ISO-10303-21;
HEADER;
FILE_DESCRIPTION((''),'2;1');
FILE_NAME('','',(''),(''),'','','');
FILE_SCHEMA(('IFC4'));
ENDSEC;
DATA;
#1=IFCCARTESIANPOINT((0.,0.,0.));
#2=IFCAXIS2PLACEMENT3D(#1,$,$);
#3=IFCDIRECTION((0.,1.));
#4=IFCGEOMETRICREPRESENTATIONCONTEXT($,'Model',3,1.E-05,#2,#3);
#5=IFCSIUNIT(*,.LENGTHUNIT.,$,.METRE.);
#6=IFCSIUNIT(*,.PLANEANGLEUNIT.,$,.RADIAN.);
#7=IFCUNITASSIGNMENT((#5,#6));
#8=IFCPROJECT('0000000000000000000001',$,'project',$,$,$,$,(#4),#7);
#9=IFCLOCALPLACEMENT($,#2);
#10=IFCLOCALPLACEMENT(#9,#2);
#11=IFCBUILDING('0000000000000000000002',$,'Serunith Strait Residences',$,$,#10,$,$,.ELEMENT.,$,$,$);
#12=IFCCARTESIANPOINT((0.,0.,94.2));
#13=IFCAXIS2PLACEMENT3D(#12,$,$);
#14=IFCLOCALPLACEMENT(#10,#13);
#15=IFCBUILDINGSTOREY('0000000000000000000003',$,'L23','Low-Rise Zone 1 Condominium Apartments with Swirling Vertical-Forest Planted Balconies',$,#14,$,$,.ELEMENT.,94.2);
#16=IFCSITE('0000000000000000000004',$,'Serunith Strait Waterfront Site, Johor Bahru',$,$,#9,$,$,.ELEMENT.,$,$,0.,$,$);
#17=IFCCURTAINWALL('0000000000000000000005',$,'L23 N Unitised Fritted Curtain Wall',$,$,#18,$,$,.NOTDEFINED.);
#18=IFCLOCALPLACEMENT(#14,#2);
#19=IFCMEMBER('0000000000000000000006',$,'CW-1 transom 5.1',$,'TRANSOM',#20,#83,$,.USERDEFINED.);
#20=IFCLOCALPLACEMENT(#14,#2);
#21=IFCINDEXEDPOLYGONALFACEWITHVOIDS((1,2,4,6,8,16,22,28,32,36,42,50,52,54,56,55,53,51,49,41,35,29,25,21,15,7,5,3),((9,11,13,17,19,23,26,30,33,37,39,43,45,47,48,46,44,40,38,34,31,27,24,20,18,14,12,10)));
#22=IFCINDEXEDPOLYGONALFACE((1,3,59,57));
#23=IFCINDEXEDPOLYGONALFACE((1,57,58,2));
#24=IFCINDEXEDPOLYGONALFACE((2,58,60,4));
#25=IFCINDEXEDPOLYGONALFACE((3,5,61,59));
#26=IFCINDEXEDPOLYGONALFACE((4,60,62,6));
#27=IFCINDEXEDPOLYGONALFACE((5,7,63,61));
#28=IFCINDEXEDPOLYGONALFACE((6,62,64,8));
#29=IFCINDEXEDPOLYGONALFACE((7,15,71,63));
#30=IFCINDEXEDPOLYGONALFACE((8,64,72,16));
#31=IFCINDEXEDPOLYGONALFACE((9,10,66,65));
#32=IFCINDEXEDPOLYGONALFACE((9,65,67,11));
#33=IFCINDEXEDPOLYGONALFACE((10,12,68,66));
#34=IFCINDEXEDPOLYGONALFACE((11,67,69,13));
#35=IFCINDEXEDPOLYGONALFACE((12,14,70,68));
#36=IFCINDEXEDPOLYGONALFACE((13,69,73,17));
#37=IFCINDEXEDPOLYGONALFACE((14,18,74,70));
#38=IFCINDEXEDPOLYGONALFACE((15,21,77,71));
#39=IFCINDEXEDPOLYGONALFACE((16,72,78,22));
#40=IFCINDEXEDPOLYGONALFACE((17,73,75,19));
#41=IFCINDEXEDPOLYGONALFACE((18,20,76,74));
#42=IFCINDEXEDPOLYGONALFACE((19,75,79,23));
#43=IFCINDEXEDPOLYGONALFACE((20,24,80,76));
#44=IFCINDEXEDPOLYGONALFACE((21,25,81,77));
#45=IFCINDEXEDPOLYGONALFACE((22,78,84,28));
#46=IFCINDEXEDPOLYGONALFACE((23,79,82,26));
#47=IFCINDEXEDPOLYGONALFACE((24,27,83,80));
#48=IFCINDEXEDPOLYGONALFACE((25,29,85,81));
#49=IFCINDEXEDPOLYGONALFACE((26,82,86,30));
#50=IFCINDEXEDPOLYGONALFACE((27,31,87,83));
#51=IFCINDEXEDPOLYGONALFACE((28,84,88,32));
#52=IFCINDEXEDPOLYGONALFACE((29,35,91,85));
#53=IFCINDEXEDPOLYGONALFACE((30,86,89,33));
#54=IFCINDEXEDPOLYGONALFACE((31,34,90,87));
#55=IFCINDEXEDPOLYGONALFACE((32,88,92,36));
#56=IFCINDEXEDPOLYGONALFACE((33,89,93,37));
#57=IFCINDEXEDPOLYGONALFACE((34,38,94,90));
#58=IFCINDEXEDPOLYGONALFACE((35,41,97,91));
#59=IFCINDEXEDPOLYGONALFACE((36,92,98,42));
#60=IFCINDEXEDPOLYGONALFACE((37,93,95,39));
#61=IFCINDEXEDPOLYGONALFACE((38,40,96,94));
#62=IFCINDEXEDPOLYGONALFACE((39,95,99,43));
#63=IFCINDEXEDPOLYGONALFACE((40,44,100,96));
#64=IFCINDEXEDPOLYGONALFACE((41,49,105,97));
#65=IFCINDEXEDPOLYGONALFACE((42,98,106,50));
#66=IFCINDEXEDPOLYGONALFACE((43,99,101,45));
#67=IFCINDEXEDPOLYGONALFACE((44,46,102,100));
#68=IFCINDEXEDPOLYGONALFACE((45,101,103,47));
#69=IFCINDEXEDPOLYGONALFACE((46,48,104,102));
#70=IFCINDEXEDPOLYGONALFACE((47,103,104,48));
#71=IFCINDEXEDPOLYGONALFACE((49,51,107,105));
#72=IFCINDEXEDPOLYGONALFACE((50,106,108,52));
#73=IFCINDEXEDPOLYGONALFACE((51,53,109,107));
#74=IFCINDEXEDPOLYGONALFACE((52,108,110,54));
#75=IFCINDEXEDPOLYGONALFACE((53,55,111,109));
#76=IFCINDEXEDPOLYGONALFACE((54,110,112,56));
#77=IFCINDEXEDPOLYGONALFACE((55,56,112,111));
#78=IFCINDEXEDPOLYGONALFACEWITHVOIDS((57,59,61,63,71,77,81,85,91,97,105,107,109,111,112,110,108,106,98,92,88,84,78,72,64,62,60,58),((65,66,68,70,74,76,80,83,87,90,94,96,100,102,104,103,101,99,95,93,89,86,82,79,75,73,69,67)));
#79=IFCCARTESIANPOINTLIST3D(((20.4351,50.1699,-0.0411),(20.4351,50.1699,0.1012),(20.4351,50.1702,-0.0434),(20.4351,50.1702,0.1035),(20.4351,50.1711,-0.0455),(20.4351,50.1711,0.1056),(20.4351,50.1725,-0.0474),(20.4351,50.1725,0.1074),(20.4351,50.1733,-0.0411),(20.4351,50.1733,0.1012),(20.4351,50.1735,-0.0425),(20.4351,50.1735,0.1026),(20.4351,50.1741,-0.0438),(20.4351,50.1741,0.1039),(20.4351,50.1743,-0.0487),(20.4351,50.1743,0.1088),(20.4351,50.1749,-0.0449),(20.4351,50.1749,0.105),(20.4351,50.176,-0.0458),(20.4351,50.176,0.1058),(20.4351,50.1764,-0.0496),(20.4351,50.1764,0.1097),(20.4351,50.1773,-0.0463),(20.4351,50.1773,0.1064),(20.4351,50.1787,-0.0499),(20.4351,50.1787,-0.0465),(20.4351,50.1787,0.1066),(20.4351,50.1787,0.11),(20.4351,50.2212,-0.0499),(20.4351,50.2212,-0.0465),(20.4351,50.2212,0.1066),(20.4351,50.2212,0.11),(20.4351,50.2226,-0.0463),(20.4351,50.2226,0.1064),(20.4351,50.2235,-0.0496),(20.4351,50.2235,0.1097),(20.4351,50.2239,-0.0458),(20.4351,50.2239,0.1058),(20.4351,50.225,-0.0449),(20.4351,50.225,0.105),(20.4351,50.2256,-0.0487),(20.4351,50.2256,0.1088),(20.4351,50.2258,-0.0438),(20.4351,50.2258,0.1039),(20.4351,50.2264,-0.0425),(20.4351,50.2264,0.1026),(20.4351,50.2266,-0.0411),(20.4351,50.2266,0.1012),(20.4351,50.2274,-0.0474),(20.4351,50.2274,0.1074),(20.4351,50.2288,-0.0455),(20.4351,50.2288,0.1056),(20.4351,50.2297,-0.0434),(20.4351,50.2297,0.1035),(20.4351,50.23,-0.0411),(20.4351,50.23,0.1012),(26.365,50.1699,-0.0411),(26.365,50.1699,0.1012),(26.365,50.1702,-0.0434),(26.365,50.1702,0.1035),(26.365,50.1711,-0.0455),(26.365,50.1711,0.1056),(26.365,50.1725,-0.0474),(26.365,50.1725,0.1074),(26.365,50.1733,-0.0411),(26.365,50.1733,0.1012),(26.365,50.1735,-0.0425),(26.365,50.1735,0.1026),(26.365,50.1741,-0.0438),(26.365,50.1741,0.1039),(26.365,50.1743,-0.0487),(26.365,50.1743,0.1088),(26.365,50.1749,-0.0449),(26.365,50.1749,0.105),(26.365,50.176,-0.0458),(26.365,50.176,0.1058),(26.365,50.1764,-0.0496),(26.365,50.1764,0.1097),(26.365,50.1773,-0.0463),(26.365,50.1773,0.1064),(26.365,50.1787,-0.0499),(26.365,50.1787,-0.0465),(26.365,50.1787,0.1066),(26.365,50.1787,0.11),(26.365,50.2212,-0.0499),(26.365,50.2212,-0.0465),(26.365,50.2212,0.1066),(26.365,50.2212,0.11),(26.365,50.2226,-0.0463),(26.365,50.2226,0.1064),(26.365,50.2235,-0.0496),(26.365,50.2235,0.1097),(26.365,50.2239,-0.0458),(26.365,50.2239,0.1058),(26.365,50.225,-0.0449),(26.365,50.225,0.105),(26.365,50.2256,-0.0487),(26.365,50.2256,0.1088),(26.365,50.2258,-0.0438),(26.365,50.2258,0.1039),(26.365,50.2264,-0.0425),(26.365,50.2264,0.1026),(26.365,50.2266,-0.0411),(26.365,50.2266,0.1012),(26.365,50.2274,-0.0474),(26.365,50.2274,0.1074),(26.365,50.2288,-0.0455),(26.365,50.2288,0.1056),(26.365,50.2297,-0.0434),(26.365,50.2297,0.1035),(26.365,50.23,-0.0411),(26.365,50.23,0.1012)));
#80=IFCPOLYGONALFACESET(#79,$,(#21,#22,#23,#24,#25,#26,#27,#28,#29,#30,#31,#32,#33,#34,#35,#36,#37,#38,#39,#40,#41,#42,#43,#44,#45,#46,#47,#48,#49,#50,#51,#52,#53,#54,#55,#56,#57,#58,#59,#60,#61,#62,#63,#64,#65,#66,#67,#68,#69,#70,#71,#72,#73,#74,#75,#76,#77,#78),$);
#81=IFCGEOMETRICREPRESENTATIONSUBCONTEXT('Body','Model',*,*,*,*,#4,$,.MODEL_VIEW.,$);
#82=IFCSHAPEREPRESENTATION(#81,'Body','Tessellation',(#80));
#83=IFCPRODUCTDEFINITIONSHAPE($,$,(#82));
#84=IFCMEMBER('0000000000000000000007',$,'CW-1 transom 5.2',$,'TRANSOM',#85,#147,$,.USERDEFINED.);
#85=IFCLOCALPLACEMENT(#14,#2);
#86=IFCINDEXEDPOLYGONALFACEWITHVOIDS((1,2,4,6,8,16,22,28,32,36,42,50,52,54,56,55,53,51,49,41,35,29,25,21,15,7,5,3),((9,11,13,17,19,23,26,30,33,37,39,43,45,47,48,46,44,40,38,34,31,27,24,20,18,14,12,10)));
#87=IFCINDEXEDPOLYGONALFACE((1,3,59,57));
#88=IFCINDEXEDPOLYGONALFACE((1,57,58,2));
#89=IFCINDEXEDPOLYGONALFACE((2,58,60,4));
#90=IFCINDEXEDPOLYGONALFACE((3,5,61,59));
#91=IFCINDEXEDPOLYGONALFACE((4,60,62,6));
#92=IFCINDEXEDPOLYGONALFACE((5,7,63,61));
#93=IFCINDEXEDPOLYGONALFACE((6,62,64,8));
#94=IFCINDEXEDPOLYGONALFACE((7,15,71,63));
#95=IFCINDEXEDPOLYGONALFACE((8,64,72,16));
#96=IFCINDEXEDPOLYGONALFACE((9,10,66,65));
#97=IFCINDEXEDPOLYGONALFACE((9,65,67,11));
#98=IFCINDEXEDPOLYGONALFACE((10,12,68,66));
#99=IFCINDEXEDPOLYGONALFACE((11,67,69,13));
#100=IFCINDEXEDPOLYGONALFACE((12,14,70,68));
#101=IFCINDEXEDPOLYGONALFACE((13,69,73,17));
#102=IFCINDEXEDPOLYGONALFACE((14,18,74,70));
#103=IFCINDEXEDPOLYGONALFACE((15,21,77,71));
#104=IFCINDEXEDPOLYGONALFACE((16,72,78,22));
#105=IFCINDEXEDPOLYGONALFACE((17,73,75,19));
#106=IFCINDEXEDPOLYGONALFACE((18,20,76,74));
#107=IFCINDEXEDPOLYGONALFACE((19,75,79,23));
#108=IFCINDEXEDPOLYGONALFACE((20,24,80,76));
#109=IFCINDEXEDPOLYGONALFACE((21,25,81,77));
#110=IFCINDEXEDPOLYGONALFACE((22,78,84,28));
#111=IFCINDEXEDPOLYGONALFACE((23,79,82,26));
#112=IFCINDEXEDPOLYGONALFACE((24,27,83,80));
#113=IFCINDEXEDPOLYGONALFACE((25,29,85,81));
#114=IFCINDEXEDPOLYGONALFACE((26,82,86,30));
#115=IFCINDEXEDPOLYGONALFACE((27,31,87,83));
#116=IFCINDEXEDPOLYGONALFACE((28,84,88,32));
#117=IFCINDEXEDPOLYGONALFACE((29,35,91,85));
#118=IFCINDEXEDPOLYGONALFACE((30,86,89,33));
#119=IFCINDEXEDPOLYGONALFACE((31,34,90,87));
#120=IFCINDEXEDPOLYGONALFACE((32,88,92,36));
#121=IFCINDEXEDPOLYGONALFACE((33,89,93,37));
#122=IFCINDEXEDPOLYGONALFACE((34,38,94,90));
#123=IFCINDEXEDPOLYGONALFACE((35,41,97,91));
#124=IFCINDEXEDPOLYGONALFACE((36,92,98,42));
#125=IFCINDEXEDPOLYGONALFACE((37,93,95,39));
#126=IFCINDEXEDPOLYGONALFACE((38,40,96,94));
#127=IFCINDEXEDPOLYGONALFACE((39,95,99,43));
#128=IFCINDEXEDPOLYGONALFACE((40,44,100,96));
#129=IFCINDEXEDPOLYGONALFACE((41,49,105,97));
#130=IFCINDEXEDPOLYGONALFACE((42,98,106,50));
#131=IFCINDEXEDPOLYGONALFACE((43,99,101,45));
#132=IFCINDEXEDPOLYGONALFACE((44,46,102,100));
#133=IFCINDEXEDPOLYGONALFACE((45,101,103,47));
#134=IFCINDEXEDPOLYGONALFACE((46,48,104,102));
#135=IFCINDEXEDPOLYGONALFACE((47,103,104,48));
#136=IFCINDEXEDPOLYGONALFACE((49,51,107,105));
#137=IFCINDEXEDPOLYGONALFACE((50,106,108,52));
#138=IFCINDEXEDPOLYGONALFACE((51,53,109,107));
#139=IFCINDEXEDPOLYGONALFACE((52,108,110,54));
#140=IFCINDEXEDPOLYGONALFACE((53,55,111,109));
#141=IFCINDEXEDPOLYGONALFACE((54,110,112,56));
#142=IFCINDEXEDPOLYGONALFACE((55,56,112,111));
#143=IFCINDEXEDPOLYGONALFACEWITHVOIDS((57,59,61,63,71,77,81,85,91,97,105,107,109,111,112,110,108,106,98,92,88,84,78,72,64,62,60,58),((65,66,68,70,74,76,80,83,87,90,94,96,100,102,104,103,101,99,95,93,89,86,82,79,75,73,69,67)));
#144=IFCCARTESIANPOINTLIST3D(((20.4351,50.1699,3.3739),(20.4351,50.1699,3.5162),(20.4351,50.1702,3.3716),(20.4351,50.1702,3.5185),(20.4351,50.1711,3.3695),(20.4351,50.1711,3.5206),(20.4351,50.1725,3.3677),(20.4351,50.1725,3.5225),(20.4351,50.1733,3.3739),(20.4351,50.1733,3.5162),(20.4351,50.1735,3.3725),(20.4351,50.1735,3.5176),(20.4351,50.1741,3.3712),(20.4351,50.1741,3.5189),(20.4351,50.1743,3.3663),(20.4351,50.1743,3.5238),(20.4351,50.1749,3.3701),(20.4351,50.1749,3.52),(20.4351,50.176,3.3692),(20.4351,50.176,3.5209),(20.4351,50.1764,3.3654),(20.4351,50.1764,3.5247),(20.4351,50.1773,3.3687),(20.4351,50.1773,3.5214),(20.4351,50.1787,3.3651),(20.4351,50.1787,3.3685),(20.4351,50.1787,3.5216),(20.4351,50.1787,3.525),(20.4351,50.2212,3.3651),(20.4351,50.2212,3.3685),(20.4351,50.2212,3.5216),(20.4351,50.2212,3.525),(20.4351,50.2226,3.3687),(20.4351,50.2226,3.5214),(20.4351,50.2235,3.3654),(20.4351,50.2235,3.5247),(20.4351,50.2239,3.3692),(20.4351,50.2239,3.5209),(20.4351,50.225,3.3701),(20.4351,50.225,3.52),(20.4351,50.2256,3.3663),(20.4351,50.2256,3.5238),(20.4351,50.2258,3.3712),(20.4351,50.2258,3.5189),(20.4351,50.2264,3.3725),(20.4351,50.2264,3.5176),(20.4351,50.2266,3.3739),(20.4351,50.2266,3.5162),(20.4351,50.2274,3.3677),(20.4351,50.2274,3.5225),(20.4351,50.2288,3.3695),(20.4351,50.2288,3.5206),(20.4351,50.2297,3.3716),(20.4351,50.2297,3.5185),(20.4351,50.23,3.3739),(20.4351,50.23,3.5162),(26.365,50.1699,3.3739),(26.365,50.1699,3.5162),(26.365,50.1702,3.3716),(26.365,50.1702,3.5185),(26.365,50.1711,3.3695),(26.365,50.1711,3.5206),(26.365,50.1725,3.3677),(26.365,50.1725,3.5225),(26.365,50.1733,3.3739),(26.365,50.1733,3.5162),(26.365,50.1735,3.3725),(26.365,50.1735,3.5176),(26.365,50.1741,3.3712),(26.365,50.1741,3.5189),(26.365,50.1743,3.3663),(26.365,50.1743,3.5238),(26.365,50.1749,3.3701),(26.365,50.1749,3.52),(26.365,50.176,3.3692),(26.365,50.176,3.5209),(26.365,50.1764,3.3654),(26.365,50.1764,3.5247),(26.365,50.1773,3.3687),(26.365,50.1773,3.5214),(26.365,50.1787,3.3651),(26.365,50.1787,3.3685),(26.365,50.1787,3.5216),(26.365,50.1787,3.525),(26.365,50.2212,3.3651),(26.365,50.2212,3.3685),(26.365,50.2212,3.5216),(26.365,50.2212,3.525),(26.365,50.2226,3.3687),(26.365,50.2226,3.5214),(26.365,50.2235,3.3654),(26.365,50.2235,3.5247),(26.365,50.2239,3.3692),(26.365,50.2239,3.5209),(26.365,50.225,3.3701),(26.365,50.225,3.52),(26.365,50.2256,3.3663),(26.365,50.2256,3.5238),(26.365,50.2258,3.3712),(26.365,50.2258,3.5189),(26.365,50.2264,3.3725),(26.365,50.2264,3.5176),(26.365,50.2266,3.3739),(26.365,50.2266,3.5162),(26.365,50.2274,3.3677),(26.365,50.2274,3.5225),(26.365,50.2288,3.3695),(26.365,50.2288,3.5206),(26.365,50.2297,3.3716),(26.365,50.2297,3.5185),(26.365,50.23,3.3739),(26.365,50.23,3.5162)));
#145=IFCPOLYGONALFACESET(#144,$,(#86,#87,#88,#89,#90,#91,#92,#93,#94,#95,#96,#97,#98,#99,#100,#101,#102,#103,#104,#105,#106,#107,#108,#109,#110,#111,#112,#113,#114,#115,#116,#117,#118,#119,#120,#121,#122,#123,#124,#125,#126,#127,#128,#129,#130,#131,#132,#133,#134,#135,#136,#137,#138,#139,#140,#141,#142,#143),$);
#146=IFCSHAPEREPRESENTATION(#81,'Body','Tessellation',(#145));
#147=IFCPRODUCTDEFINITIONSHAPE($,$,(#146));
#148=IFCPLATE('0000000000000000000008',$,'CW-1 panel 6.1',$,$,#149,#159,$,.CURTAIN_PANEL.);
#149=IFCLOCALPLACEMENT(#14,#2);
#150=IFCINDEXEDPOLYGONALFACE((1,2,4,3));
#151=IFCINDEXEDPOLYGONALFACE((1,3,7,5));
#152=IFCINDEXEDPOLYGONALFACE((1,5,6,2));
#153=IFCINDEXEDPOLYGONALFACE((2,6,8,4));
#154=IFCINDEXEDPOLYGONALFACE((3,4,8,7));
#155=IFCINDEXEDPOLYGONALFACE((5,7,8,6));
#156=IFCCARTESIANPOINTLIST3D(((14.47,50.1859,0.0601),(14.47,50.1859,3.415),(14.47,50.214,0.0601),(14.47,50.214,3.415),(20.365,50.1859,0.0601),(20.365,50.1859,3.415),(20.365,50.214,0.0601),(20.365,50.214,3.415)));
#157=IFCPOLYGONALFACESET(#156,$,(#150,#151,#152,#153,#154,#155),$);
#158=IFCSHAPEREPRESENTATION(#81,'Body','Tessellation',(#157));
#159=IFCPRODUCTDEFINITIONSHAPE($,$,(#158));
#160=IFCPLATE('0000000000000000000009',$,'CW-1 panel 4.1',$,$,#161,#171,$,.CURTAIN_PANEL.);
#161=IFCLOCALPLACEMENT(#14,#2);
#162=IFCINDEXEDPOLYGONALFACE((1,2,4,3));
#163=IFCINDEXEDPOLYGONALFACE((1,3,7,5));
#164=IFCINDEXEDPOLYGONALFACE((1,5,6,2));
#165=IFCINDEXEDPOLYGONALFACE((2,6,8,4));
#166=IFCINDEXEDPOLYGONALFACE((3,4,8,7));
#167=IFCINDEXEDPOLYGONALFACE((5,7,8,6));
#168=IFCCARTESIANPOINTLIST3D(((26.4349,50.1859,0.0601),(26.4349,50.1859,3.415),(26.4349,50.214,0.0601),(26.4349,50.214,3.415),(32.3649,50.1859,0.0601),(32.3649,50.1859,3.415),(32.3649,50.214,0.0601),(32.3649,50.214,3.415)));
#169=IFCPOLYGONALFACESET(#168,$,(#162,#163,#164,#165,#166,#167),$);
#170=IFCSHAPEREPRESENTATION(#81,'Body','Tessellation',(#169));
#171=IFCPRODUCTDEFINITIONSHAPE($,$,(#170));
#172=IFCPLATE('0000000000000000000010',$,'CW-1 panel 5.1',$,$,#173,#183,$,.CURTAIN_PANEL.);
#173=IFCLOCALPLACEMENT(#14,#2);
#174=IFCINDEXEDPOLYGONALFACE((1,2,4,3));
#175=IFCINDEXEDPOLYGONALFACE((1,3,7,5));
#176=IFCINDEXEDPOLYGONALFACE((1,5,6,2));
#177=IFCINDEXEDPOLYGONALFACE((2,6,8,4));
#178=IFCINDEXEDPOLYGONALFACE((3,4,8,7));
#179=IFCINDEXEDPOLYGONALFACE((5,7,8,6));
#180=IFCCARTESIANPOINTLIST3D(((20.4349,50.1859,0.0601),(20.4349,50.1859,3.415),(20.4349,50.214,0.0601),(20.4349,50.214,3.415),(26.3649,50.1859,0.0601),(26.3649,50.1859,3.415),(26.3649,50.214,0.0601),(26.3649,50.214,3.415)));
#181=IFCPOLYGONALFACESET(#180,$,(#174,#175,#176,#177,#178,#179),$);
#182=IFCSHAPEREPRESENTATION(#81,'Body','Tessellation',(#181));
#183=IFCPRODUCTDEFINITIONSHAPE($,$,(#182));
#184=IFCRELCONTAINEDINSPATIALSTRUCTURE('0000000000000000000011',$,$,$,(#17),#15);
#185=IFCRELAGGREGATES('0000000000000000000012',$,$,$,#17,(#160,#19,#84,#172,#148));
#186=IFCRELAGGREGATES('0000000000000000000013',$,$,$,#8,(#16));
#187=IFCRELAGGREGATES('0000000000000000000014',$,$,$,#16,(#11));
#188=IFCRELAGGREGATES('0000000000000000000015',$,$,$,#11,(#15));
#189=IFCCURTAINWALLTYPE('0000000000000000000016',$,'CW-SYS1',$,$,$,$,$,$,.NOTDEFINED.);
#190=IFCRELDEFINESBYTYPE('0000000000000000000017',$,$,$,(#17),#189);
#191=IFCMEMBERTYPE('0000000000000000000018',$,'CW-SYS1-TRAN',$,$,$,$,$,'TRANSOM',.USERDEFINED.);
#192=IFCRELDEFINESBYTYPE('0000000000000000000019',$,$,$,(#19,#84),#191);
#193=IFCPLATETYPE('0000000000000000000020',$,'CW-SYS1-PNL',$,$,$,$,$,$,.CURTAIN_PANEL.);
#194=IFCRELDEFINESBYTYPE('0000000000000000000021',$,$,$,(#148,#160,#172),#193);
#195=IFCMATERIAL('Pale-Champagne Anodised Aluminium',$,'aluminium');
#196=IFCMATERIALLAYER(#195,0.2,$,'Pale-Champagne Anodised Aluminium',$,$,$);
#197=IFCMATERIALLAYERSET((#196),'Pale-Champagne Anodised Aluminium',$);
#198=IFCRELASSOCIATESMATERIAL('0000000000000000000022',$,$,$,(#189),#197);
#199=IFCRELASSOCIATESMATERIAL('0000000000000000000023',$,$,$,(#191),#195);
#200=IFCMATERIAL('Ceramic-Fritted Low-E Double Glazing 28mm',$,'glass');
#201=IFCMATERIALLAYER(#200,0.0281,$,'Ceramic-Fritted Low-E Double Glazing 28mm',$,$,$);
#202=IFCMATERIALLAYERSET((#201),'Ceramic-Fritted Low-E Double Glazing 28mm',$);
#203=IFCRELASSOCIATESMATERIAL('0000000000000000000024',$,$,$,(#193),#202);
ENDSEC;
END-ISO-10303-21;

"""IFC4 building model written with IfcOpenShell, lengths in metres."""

from ifc_helpers import new_model, si_unit, direction, frame, origin, origin_2d, place, context, subcontext, project, spatial, rectangle, hollow_rectangle, extrude, source, transform, mapped, material, layer, layer_set, material_profile, profile_set, type_object, element, aggregate, save


model = new_model("IFC4")

# Units and contexts
model_context = context("Model", 3, precision=1e-05, world=origin(), true_north=direction((0.0, 1.0)))
body_context = subcontext(model_context, "Body", "Model", "MODEL_VIEW")
ifc_project = project(units=[si_unit("LENGTHUNIT", "METRE"), si_unit("PLANEANGLEUNIT", "RADIAN")], contexts=[model_context])

# Site, building, storey
site_placement = place(None, origin())
site = spatial("IfcSite", under=ifc_project, at=site_placement, Name="Serunith Strait Waterfront Site, Johor Bahru", CompositionType="ELEMENT", RefElevation=0.0)
building_placement = place(site_placement, origin())
building = spatial("IfcBuilding", under=site, at=building_placement, Name="Serunith Strait Residences", CompositionType="ELEMENT")
storey_placement = place(building_placement, frame((0.0, 0.0, 94.2)))
storey = spatial("IfcBuildingStorey", under=building, at=storey_placement, Name="L23", Description="Low-Rise Zone 1 Condominium Apartments with Swirling Vertical-Forest Planted Balconies", CompositionType="ELEMENT", Elevation=94.2)

# Curtain wall, members, plates
ifc_material_1 = material(Name="Pale-Champagne Anodised Aluminium", Category="aluminium")
ifc_layer_1 = layer(ifc_material_1, 0.2, Name="Pale-Champagne Anodised Aluminium")
ifc_layer_set_1 = layer_set([ifc_layer_1], Name="Pale-Champagne Anodised Aluminium")
curtain_wall_type = type_object("IfcCurtainWallType", Name="CW-SYS1", PredefinedType="NOTDEFINED", material=ifc_layer_set_1)
curtain_wall_placement = place(storey_placement, origin())
curtain_wall = element("IfcCurtainWall", 1, at=curtain_wall_placement, inside=storey, type_object=curtain_wall_type, Name="L23 N Unitised Fritted Curtain Wall", PredefinedType="NOTDEFINED")
ifc_material_profile_1 = material_profile(ifc_material_1, hollow_rectangle(XDim=0.0601, YDim=0.1599, WallThickness=0.0034, InnerFilletRadius=0.0054, OuterFilletRadius=0.0088, at=origin_2d()), Name="ALU 160x60x3.5")
ifc_profile_set_1 = profile_set([ifc_material_profile_1], Name="Pale-Champagne Anodised Aluminium")
member_type_1 = type_object("IfcMemberType", Name="CW-SYS1-TRAN", ElementType="TRANSOM", PredefinedType="USERDEFINED", material=ifc_profile_set_1)
shared_shape_1 = source(origin(), body_context, "Body", "SweptSolid", [
    extrude(hollow_rectangle(XDim=0.0601, YDim=0.1599, WallThickness=0.0034, InnerFilletRadius=0.0054, OuterFilletRadius=0.0088, at=origin_2d()), origin(), (0.0, 0.0, 1.0), 5.9299),
])
member_1_placement = place(storey_placement, frame((26.365, 50.2, 0.03), z_axis=(-1.0, 0.0, 0.0), x_axis=(0.0, -1.0, 0.0)))
member_1 = element("IfcMember", 2, at=member_1_placement, type_object=member_type_1, Name="CW-1 transom 5.1", ObjectType="TRANSOM", PredefinedType="USERDEFINED", context=body_context, shape_type="MappedRepresentation", body=[
    mapped(shared_shape_1, transform((0.0, 0.0, 0.0), scale=1.0)),
])
member_2_placement = place(storey_placement, frame((26.365, 50.2, 3.4451), z_axis=(-1.0, 0.0, 0.0), x_axis=(0.0, -1.0, 0.0)))
member_2 = element("IfcMember", 3, at=member_2_placement, type_object=member_type_1, Name="CW-1 transom 5.2", ObjectType="TRANSOM", PredefinedType="USERDEFINED", context=body_context, shape_type="MappedRepresentation", body=[
    mapped(shared_shape_1, transform((0.0, 0.0, 0.0), scale=1.0)),
])
ifc_material_2 = material(Name="Ceramic-Fritted Low-E Double Glazing 28mm", Category="glass")
ifc_layer_2 = layer(ifc_material_2, 0.0281, Name="Ceramic-Fritted Low-E Double Glazing 28mm")
ifc_layer_set_2 = layer_set([ifc_layer_2], Name="Ceramic-Fritted Low-E Double Glazing 28mm")
plate_type = type_object("IfcPlateType", Name="CW-SYS1-PNL", PredefinedType="CURTAIN_PANEL", material=ifc_layer_set_2)
shared_shape_2 = source(origin(), body_context, "Body", "SweptSolid", [
    extrude(rectangle(XDim=5.895, YDim=0.0281, at=origin_2d()), origin(), (0.0, 0.0, 1.0), 3.355),
])
plate_1_placement = place(storey_placement, frame((17.4175, 50.2, 0.0601), z_axis=(0.0, 0.0, 1.0), x_axis=(-1.0, 0.0, 0.0)))
plate_1 = element("IfcPlate", 4, at=plate_1_placement, type_object=plate_type, Name="CW-1 panel 6.1", PredefinedType="CURTAIN_PANEL", context=body_context, shape_type="MappedRepresentation", body=[
    mapped(shared_shape_2, transform((0.0, 0.0, 0.0), scale=1.0)),
])
shared_shape_3 = source(origin(), body_context, "Body", "SweptSolid", [
    extrude(rectangle(XDim=5.9299, YDim=0.0281, at=origin_2d()), origin(), (0.0, 0.0, 1.0), 3.355),
])
plate_2_placement = place(storey_placement, frame((29.3999, 50.2, 0.0601), z_axis=(0.0, 0.0, 1.0), x_axis=(-1.0, 0.0, 0.0)))
plate_2 = element("IfcPlate", 5, at=plate_2_placement, type_object=plate_type, Name="CW-1 panel 4.1", PredefinedType="CURTAIN_PANEL", context=body_context, shape_type="MappedRepresentation", body=[
    mapped(shared_shape_3, transform((0.0, 0.0, 0.0), scale=1.0)),
])
plate_3_placement = place(storey_placement, frame((23.3999, 50.2, 0.0601), z_axis=(0.0, 0.0, 1.0), x_axis=(-1.0, 0.0, 0.0)))
plate_3 = element("IfcPlate", 6, at=plate_3_placement, type_object=plate_type, Name="CW-1 panel 5.1", PredefinedType="CURTAIN_PANEL", context=body_context, shape_type="MappedRepresentation", body=[
    mapped(shared_shape_3, transform((0.0, 0.0, 0.0), scale=1.0)),
])
aggregate(curtain_wall, [plate_2, member_1, member_2, plate_3, plate_1])

save(model, "model.ifc")
